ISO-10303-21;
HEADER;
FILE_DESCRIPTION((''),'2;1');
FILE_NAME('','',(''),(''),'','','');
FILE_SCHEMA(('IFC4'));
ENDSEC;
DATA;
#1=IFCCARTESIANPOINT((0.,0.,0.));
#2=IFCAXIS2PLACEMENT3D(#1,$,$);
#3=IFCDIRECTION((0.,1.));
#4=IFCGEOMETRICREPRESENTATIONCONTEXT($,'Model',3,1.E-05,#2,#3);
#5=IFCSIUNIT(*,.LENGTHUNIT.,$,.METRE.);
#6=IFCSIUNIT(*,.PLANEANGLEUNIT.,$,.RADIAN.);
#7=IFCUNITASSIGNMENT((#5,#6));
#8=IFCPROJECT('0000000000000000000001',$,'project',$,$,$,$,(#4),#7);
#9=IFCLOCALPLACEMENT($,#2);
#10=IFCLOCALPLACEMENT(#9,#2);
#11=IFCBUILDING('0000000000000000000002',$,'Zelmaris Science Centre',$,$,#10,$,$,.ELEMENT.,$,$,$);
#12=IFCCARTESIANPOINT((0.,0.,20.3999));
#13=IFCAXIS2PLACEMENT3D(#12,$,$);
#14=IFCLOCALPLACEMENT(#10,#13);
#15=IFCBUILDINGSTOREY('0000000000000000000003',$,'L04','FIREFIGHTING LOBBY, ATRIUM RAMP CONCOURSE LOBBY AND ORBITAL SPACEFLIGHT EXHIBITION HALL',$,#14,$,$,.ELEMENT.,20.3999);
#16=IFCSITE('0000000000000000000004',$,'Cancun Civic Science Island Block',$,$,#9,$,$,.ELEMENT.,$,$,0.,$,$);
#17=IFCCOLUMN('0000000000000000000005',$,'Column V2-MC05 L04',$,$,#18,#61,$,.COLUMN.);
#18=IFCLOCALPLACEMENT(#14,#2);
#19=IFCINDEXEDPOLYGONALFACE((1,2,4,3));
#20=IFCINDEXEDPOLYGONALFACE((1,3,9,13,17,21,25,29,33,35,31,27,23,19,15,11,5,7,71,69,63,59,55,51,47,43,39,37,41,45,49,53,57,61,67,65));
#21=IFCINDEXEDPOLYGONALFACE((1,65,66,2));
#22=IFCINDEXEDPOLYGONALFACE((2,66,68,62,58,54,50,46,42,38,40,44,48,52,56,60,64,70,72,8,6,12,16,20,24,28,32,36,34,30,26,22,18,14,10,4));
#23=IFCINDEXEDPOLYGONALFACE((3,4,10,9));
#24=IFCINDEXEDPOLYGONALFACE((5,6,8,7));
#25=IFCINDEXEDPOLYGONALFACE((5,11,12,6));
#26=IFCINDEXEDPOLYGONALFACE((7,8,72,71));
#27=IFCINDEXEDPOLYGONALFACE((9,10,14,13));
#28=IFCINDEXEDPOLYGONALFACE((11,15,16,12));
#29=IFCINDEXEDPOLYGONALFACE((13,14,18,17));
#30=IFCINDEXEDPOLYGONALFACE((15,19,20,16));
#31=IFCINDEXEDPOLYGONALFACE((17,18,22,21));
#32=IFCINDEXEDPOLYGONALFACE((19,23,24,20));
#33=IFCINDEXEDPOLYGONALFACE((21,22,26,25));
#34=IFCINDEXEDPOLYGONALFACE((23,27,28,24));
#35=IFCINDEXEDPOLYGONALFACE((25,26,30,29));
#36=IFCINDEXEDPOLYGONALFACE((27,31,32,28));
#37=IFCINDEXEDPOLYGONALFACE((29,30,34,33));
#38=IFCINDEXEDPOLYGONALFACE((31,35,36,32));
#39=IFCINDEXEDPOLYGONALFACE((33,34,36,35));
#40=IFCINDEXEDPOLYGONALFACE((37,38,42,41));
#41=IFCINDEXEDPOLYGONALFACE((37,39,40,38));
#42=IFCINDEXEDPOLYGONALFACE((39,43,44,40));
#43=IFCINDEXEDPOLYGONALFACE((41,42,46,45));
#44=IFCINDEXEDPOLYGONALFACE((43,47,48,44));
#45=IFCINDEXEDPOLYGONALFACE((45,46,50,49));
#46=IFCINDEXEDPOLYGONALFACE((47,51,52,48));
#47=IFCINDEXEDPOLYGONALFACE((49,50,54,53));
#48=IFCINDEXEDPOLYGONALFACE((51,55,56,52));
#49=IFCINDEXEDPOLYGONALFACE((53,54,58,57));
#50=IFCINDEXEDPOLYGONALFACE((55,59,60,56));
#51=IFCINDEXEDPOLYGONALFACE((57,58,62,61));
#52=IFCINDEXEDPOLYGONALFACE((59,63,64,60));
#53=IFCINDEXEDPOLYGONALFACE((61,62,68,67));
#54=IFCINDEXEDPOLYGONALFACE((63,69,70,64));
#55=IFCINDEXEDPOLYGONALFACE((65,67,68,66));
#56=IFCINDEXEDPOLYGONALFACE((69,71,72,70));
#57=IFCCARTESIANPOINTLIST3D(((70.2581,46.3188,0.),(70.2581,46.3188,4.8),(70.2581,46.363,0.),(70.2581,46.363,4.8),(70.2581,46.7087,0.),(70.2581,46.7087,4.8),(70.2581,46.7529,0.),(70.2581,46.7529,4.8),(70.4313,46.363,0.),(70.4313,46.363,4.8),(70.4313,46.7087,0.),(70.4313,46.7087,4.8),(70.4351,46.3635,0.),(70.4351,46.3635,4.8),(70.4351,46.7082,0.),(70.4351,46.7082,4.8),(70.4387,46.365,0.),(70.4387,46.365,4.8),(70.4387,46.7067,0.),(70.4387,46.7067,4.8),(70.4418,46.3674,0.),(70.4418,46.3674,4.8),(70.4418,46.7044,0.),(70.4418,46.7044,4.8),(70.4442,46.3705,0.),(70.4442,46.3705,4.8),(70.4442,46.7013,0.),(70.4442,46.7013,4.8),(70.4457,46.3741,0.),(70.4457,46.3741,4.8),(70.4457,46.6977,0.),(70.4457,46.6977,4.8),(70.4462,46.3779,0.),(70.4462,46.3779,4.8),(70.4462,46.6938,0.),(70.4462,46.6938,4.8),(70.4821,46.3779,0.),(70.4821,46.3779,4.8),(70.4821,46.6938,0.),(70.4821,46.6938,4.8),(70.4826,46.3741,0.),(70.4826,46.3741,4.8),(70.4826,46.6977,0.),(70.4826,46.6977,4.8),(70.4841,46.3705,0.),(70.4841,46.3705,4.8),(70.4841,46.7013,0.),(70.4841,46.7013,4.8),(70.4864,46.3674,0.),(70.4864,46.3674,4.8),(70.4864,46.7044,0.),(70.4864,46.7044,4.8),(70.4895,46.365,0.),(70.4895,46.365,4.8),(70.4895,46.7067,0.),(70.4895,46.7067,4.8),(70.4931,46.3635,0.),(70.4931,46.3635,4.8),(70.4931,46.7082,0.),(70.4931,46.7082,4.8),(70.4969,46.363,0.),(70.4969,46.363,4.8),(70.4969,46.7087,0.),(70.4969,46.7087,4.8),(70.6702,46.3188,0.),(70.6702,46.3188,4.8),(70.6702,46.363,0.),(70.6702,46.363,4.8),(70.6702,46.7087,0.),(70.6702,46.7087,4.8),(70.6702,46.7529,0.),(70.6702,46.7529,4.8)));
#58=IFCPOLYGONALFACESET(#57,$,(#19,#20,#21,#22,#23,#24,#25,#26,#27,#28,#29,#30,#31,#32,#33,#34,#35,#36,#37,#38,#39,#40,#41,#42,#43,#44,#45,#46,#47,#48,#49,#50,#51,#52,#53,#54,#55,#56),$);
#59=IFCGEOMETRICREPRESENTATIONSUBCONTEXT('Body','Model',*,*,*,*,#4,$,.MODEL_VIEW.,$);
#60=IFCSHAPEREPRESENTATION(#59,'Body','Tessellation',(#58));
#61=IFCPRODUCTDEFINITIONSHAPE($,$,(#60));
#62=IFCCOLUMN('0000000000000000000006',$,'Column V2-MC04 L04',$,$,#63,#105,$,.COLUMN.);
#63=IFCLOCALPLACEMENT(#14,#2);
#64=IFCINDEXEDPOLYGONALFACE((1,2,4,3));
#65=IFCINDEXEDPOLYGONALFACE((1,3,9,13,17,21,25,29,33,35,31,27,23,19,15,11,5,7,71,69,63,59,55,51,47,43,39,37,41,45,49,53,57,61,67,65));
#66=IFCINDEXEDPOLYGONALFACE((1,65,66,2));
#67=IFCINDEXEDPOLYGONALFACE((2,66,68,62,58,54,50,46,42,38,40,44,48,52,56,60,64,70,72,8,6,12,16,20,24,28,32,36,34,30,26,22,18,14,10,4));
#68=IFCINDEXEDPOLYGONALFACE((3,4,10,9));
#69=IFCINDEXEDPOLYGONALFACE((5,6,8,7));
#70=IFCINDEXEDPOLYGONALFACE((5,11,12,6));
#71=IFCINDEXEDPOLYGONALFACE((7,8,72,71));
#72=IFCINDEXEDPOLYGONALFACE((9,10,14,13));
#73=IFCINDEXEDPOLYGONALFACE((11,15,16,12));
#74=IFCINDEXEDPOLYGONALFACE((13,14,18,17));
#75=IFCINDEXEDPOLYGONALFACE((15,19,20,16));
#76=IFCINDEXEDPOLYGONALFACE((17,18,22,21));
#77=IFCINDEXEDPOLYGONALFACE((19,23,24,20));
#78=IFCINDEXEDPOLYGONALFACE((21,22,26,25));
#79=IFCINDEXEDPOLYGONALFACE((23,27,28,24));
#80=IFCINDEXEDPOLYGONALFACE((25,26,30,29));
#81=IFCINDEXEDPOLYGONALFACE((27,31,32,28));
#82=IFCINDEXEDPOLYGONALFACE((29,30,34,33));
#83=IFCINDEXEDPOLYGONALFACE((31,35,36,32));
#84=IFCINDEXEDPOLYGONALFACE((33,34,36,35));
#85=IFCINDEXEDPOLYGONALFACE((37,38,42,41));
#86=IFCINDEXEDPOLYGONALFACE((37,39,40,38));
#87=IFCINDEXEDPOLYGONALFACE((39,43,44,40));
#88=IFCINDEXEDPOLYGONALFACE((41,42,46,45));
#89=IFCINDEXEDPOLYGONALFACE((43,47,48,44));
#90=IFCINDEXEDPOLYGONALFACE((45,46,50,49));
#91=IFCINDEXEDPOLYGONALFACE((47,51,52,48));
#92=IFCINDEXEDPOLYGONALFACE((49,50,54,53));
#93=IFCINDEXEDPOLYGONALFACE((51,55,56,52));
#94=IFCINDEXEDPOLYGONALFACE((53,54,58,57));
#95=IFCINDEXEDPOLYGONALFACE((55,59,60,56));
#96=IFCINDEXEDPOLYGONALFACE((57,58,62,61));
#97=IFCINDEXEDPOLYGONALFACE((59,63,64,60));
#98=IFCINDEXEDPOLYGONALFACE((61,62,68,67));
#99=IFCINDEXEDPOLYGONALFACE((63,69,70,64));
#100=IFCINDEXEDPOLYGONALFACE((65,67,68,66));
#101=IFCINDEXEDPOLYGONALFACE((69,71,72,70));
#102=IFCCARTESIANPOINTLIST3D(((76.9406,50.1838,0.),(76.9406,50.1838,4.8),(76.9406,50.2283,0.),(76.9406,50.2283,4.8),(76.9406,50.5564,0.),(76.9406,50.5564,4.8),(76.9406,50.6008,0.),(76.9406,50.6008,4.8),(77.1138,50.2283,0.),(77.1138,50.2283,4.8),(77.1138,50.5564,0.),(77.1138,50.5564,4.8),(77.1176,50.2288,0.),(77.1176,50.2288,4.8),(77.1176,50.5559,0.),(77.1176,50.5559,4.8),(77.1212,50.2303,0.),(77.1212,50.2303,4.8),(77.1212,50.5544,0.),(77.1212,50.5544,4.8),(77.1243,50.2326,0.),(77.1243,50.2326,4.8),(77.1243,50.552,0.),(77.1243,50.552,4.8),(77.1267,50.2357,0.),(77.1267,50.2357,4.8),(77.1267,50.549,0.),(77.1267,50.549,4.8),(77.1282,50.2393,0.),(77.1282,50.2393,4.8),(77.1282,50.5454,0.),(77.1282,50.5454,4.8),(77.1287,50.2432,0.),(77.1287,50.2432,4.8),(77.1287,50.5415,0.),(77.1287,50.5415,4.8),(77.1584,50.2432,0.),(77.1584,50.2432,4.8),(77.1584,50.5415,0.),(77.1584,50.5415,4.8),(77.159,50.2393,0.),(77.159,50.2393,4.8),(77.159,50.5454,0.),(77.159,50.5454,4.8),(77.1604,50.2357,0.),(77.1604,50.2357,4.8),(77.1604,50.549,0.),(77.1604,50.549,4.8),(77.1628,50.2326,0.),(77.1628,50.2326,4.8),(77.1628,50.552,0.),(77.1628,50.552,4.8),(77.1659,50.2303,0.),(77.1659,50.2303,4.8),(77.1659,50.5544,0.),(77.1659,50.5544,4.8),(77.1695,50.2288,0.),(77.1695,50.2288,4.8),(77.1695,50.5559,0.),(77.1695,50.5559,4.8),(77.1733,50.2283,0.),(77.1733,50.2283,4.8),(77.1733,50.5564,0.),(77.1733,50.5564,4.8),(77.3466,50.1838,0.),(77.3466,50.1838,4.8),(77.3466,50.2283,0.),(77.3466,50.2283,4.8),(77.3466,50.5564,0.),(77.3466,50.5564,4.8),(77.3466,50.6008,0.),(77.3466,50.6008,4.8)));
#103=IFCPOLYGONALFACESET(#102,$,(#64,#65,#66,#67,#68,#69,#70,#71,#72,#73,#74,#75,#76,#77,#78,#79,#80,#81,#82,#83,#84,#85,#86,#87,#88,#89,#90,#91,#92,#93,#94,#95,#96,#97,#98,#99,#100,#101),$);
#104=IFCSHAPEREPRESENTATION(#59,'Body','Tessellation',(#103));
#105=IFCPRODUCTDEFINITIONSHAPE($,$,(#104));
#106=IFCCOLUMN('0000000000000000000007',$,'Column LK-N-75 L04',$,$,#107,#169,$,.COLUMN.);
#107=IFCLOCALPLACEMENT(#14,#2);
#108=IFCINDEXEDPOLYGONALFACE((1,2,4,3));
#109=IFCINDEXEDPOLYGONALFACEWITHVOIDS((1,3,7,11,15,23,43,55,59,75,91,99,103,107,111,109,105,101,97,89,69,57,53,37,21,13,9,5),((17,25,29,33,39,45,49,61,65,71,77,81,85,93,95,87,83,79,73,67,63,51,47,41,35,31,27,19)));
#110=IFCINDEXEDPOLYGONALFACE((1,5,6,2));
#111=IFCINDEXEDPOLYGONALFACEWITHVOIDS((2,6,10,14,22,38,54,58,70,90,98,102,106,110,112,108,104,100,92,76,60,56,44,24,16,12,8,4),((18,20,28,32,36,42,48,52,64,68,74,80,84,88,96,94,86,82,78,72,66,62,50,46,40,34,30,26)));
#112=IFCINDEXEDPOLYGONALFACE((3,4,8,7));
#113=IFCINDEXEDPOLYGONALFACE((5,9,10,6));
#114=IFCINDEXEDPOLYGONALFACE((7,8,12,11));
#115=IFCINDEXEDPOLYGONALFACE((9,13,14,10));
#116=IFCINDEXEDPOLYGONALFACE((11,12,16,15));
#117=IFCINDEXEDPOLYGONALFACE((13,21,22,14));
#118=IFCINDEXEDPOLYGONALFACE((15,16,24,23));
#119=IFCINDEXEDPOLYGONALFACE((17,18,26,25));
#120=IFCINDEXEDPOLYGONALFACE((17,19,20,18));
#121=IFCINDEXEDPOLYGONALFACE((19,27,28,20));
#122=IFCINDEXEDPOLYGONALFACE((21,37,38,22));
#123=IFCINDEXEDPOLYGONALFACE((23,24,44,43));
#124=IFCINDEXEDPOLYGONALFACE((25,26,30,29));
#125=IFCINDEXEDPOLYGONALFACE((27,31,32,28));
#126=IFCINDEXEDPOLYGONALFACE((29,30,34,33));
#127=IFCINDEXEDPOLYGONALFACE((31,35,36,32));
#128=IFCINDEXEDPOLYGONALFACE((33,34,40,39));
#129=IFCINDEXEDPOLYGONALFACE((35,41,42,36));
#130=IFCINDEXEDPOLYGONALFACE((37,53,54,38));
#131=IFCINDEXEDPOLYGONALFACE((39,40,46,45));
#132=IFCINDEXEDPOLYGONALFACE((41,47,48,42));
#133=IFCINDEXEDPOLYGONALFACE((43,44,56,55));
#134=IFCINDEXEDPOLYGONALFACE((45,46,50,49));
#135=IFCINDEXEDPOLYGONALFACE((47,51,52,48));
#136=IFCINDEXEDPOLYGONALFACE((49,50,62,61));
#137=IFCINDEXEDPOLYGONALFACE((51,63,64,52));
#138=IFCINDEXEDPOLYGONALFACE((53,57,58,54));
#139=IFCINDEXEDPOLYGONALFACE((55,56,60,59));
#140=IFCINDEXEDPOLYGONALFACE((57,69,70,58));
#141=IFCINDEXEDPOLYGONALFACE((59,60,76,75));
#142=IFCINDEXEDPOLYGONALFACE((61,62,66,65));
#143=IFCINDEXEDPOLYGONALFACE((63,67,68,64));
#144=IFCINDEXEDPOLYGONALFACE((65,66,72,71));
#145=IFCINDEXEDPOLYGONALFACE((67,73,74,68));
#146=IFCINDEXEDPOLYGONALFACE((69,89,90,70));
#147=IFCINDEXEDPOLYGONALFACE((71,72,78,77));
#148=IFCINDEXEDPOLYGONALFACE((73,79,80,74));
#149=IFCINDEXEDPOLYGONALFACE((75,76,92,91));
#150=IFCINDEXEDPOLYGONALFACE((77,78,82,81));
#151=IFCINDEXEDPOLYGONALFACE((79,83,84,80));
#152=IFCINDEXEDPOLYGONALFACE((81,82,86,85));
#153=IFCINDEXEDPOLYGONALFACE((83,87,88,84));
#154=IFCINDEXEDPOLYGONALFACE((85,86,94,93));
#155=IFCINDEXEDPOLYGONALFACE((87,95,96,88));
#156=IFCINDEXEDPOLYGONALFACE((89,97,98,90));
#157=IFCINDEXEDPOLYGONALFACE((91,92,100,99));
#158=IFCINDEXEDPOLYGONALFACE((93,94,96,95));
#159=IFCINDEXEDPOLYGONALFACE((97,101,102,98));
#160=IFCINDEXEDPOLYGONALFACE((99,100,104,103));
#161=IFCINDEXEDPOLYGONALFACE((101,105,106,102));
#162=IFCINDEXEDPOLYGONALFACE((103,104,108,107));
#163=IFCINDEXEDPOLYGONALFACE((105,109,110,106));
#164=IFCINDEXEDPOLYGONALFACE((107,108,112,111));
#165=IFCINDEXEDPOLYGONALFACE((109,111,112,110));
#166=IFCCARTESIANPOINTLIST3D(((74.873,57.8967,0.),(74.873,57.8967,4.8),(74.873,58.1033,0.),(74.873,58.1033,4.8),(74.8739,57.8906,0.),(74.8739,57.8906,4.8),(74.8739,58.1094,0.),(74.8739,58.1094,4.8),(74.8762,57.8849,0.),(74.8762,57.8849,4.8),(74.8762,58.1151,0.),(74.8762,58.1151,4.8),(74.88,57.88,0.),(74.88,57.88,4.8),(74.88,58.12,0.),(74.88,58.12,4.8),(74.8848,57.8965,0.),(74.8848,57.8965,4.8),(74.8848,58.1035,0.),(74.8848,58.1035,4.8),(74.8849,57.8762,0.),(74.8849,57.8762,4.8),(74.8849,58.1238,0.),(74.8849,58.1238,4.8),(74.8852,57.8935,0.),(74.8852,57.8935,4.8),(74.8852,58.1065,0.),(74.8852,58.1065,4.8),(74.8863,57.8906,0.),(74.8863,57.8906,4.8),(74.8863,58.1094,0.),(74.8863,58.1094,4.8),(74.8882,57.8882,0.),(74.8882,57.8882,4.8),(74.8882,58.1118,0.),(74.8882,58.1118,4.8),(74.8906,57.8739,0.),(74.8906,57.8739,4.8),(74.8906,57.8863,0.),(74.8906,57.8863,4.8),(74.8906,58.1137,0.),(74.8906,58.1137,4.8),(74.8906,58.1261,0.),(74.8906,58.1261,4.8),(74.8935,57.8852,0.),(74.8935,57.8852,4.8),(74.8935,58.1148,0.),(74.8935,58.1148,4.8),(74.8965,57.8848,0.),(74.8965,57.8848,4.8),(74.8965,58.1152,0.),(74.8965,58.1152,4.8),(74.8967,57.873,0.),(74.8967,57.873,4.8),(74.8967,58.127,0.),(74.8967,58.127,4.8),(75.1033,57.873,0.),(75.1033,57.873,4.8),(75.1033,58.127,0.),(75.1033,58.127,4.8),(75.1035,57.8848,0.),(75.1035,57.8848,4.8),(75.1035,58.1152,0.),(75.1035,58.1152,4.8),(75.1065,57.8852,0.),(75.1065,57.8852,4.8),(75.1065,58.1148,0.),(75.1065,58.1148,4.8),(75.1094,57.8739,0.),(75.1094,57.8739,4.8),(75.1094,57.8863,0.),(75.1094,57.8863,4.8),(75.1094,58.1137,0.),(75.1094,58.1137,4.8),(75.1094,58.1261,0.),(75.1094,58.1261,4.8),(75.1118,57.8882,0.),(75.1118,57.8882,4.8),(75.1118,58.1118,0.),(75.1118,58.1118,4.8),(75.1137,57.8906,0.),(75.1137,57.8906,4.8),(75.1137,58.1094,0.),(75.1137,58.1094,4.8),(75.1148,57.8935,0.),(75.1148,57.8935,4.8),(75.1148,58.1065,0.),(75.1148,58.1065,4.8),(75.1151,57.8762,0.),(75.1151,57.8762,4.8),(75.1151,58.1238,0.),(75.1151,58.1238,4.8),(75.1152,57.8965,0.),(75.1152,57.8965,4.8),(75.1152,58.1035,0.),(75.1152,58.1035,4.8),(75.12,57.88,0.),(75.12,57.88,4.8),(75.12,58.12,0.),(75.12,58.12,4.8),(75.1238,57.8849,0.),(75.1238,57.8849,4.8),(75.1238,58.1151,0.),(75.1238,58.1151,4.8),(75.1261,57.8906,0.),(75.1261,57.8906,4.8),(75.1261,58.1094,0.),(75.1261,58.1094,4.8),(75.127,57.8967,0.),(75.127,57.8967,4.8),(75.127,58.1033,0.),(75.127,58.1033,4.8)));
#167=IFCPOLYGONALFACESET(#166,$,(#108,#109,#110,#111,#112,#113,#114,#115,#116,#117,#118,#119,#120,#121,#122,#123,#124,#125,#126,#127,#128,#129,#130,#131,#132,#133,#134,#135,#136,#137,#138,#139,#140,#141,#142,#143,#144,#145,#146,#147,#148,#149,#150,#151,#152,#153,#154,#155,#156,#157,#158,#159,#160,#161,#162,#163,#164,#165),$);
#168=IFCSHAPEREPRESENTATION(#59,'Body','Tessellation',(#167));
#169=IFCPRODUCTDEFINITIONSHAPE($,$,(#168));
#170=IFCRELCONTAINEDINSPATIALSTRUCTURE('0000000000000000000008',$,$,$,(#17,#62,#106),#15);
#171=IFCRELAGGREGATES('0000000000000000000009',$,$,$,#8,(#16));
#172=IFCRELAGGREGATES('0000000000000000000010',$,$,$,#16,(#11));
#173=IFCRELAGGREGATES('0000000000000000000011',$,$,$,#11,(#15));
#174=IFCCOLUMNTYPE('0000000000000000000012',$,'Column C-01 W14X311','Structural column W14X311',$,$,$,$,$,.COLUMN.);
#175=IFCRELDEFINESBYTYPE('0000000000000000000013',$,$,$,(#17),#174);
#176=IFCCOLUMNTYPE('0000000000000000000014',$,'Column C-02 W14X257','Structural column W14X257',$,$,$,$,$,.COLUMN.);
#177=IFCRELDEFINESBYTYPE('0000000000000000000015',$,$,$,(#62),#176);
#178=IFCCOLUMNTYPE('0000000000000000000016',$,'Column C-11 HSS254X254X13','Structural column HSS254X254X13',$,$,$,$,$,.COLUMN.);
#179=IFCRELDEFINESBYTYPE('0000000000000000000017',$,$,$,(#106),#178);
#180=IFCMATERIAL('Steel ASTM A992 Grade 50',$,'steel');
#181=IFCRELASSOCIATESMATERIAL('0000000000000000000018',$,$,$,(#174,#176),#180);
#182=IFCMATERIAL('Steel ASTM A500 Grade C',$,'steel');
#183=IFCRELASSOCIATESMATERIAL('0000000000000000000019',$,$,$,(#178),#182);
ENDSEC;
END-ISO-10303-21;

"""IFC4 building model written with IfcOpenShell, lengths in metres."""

from ifc_helpers import new_model, si_unit, direction, frame, origin, origin_2d, place, context, subcontext, project, spatial, hollow_rectangle, i_section, extrude, material, material_profile, profile_set, type_object, element, save


model = new_model("IFC4")

# Units and contexts
model_context = context("Model", 3, precision=1e-05, world=origin(), true_north=direction((0.0, 1.0)))
body_context = subcontext(model_context, "Body", "Model", "MODEL_VIEW")
ifc_project = project(units=[si_unit("LENGTHUNIT", "METRE"), si_unit("PLANEANGLEUNIT", "RADIAN")], contexts=[model_context])

# Site, building, storey
site_placement = place(None, origin())
site = spatial("IfcSite", under=ifc_project, at=site_placement, Name="Cancun Civic Science Island Block", CompositionType="ELEMENT", RefElevation=0.0)
building_placement = place(site_placement, origin())
building = spatial("IfcBuilding", under=site, at=building_placement, Name="Zelmaris Science Centre", CompositionType="ELEMENT")
storey_placement = place(building_placement, frame((0.0, 0.0, 20.3999)))
storey = spatial("IfcBuildingStorey", under=building, at=storey_placement, Name="L04", Description="FIREFIGHTING LOBBY, ATRIUM RAMP CONCOURSE LOBBY AND ORBITAL SPACEFLIGHT EXHIBITION HALL", CompositionType="ELEMENT", Elevation=20.3999)

# Columns
ifc_material_1 = material(Name="Steel ASTM A992 Grade 50", Category="steel")
ifc_material_profile_1 = material_profile(ifc_material_1, i_section(OverallWidth=0.4121, OverallDepth=0.4341, WebThickness=0.0359, FlangeThickness=0.0442, FilletRadius=0.0149, at=origin_2d()), Name="W14X311")
ifc_profile_set_1 = profile_set([ifc_material_profile_1], Name="Steel ASTM A992 Grade 50")
column_type_1 = type_object("IfcColumnType", Name="Column C-01 W14X311", Description="Structural column W14X311", PredefinedType="COLUMN", material=ifc_profile_set_1)
column_1_placement = place(storey_placement, frame((70.4641, 46.5359, 0.0), z_axis=(0.0, 0.0, 1.0), x_axis=(1.0, 0.0, 0.0)))
element("IfcColumn", 1, at=column_1_placement, inside=storey, type_object=column_type_1, Name="Column V2-MC05 L04", PredefinedType="COLUMN", context=body_context, shape_type="SweptSolid", body=[
    extrude(i_section(OverallWidth=0.4121, OverallDepth=0.4341, WebThickness=0.0359, FlangeThickness=0.0442, FilletRadius=0.0149, at=origin_2d()), origin(), (0.0, 0.0, 1.0), 4.8),
])
ifc_material_profile_2 = material_profile(ifc_material_1, i_section(OverallWidth=0.406, OverallDepth=0.417, WebThickness=0.0298, FlangeThickness=0.0444, FilletRadius=0.0149, at=origin_2d()), Name="W14X257")
ifc_profile_set_2 = profile_set([ifc_material_profile_2], Name="Steel ASTM A992 Grade 50")
column_type_2 = type_object("IfcColumnType", Name="Column C-02 W14X257", Description="Structural column W14X257", PredefinedType="COLUMN", material=ifc_profile_set_2)
column_2_placement = place(storey_placement, frame((77.1436, 50.3923, 0.0), z_axis=(0.0, 0.0, 1.0), x_axis=(1.0, 0.0, 0.0)))
element("IfcColumn", 2, at=column_2_placement, inside=storey, type_object=column_type_2, Name="Column V2-MC04 L04", PredefinedType="COLUMN", context=body_context, shape_type="SweptSolid", body=[
    extrude(i_section(OverallWidth=0.406, OverallDepth=0.417, WebThickness=0.0298, FlangeThickness=0.0444, FilletRadius=0.0149, at=origin_2d()), origin(), (0.0, 0.0, 1.0), 4.8),
])
ifc_material_2 = material(Name="Steel ASTM A500 Grade C", Category="steel")
ifc_material_profile_3 = material_profile(ifc_material_2, hollow_rectangle(XDim=0.2539, YDim=0.2539, WallThickness=0.0117, InnerFilletRadius=0.0117, OuterFilletRadius=0.0237, at=origin_2d()), Name="HSS254X254X13")
ifc_profile_set_3 = profile_set([ifc_material_profile_3], Name="Steel ASTM A500 Grade C")
column_type_3 = type_object("IfcColumnType", Name="Column C-11 HSS254X254X13", Description="Structural column HSS254X254X13", PredefinedType="COLUMN", material=ifc_profile_set_3)
column_3_placement = place(storey_placement, frame((75.0, 58.0, 0.0), z_axis=(0.0, 0.0, 1.0), x_axis=(1.0, 0.0, 0.0)))
element("IfcColumn", 3, at=column_3_placement, inside=storey, type_object=column_type_3, Name="Column LK-N-75 L04", PredefinedType="COLUMN", context=body_context, shape_type="SweptSolid", body=[
    extrude(hollow_rectangle(XDim=0.2539, YDim=0.2539, WallThickness=0.0117, InnerFilletRadius=0.0117, OuterFilletRadius=0.0237, at=origin_2d()), origin(), (0.0, 0.0, 1.0), 4.8),
])

save(model, "model.ifc")
